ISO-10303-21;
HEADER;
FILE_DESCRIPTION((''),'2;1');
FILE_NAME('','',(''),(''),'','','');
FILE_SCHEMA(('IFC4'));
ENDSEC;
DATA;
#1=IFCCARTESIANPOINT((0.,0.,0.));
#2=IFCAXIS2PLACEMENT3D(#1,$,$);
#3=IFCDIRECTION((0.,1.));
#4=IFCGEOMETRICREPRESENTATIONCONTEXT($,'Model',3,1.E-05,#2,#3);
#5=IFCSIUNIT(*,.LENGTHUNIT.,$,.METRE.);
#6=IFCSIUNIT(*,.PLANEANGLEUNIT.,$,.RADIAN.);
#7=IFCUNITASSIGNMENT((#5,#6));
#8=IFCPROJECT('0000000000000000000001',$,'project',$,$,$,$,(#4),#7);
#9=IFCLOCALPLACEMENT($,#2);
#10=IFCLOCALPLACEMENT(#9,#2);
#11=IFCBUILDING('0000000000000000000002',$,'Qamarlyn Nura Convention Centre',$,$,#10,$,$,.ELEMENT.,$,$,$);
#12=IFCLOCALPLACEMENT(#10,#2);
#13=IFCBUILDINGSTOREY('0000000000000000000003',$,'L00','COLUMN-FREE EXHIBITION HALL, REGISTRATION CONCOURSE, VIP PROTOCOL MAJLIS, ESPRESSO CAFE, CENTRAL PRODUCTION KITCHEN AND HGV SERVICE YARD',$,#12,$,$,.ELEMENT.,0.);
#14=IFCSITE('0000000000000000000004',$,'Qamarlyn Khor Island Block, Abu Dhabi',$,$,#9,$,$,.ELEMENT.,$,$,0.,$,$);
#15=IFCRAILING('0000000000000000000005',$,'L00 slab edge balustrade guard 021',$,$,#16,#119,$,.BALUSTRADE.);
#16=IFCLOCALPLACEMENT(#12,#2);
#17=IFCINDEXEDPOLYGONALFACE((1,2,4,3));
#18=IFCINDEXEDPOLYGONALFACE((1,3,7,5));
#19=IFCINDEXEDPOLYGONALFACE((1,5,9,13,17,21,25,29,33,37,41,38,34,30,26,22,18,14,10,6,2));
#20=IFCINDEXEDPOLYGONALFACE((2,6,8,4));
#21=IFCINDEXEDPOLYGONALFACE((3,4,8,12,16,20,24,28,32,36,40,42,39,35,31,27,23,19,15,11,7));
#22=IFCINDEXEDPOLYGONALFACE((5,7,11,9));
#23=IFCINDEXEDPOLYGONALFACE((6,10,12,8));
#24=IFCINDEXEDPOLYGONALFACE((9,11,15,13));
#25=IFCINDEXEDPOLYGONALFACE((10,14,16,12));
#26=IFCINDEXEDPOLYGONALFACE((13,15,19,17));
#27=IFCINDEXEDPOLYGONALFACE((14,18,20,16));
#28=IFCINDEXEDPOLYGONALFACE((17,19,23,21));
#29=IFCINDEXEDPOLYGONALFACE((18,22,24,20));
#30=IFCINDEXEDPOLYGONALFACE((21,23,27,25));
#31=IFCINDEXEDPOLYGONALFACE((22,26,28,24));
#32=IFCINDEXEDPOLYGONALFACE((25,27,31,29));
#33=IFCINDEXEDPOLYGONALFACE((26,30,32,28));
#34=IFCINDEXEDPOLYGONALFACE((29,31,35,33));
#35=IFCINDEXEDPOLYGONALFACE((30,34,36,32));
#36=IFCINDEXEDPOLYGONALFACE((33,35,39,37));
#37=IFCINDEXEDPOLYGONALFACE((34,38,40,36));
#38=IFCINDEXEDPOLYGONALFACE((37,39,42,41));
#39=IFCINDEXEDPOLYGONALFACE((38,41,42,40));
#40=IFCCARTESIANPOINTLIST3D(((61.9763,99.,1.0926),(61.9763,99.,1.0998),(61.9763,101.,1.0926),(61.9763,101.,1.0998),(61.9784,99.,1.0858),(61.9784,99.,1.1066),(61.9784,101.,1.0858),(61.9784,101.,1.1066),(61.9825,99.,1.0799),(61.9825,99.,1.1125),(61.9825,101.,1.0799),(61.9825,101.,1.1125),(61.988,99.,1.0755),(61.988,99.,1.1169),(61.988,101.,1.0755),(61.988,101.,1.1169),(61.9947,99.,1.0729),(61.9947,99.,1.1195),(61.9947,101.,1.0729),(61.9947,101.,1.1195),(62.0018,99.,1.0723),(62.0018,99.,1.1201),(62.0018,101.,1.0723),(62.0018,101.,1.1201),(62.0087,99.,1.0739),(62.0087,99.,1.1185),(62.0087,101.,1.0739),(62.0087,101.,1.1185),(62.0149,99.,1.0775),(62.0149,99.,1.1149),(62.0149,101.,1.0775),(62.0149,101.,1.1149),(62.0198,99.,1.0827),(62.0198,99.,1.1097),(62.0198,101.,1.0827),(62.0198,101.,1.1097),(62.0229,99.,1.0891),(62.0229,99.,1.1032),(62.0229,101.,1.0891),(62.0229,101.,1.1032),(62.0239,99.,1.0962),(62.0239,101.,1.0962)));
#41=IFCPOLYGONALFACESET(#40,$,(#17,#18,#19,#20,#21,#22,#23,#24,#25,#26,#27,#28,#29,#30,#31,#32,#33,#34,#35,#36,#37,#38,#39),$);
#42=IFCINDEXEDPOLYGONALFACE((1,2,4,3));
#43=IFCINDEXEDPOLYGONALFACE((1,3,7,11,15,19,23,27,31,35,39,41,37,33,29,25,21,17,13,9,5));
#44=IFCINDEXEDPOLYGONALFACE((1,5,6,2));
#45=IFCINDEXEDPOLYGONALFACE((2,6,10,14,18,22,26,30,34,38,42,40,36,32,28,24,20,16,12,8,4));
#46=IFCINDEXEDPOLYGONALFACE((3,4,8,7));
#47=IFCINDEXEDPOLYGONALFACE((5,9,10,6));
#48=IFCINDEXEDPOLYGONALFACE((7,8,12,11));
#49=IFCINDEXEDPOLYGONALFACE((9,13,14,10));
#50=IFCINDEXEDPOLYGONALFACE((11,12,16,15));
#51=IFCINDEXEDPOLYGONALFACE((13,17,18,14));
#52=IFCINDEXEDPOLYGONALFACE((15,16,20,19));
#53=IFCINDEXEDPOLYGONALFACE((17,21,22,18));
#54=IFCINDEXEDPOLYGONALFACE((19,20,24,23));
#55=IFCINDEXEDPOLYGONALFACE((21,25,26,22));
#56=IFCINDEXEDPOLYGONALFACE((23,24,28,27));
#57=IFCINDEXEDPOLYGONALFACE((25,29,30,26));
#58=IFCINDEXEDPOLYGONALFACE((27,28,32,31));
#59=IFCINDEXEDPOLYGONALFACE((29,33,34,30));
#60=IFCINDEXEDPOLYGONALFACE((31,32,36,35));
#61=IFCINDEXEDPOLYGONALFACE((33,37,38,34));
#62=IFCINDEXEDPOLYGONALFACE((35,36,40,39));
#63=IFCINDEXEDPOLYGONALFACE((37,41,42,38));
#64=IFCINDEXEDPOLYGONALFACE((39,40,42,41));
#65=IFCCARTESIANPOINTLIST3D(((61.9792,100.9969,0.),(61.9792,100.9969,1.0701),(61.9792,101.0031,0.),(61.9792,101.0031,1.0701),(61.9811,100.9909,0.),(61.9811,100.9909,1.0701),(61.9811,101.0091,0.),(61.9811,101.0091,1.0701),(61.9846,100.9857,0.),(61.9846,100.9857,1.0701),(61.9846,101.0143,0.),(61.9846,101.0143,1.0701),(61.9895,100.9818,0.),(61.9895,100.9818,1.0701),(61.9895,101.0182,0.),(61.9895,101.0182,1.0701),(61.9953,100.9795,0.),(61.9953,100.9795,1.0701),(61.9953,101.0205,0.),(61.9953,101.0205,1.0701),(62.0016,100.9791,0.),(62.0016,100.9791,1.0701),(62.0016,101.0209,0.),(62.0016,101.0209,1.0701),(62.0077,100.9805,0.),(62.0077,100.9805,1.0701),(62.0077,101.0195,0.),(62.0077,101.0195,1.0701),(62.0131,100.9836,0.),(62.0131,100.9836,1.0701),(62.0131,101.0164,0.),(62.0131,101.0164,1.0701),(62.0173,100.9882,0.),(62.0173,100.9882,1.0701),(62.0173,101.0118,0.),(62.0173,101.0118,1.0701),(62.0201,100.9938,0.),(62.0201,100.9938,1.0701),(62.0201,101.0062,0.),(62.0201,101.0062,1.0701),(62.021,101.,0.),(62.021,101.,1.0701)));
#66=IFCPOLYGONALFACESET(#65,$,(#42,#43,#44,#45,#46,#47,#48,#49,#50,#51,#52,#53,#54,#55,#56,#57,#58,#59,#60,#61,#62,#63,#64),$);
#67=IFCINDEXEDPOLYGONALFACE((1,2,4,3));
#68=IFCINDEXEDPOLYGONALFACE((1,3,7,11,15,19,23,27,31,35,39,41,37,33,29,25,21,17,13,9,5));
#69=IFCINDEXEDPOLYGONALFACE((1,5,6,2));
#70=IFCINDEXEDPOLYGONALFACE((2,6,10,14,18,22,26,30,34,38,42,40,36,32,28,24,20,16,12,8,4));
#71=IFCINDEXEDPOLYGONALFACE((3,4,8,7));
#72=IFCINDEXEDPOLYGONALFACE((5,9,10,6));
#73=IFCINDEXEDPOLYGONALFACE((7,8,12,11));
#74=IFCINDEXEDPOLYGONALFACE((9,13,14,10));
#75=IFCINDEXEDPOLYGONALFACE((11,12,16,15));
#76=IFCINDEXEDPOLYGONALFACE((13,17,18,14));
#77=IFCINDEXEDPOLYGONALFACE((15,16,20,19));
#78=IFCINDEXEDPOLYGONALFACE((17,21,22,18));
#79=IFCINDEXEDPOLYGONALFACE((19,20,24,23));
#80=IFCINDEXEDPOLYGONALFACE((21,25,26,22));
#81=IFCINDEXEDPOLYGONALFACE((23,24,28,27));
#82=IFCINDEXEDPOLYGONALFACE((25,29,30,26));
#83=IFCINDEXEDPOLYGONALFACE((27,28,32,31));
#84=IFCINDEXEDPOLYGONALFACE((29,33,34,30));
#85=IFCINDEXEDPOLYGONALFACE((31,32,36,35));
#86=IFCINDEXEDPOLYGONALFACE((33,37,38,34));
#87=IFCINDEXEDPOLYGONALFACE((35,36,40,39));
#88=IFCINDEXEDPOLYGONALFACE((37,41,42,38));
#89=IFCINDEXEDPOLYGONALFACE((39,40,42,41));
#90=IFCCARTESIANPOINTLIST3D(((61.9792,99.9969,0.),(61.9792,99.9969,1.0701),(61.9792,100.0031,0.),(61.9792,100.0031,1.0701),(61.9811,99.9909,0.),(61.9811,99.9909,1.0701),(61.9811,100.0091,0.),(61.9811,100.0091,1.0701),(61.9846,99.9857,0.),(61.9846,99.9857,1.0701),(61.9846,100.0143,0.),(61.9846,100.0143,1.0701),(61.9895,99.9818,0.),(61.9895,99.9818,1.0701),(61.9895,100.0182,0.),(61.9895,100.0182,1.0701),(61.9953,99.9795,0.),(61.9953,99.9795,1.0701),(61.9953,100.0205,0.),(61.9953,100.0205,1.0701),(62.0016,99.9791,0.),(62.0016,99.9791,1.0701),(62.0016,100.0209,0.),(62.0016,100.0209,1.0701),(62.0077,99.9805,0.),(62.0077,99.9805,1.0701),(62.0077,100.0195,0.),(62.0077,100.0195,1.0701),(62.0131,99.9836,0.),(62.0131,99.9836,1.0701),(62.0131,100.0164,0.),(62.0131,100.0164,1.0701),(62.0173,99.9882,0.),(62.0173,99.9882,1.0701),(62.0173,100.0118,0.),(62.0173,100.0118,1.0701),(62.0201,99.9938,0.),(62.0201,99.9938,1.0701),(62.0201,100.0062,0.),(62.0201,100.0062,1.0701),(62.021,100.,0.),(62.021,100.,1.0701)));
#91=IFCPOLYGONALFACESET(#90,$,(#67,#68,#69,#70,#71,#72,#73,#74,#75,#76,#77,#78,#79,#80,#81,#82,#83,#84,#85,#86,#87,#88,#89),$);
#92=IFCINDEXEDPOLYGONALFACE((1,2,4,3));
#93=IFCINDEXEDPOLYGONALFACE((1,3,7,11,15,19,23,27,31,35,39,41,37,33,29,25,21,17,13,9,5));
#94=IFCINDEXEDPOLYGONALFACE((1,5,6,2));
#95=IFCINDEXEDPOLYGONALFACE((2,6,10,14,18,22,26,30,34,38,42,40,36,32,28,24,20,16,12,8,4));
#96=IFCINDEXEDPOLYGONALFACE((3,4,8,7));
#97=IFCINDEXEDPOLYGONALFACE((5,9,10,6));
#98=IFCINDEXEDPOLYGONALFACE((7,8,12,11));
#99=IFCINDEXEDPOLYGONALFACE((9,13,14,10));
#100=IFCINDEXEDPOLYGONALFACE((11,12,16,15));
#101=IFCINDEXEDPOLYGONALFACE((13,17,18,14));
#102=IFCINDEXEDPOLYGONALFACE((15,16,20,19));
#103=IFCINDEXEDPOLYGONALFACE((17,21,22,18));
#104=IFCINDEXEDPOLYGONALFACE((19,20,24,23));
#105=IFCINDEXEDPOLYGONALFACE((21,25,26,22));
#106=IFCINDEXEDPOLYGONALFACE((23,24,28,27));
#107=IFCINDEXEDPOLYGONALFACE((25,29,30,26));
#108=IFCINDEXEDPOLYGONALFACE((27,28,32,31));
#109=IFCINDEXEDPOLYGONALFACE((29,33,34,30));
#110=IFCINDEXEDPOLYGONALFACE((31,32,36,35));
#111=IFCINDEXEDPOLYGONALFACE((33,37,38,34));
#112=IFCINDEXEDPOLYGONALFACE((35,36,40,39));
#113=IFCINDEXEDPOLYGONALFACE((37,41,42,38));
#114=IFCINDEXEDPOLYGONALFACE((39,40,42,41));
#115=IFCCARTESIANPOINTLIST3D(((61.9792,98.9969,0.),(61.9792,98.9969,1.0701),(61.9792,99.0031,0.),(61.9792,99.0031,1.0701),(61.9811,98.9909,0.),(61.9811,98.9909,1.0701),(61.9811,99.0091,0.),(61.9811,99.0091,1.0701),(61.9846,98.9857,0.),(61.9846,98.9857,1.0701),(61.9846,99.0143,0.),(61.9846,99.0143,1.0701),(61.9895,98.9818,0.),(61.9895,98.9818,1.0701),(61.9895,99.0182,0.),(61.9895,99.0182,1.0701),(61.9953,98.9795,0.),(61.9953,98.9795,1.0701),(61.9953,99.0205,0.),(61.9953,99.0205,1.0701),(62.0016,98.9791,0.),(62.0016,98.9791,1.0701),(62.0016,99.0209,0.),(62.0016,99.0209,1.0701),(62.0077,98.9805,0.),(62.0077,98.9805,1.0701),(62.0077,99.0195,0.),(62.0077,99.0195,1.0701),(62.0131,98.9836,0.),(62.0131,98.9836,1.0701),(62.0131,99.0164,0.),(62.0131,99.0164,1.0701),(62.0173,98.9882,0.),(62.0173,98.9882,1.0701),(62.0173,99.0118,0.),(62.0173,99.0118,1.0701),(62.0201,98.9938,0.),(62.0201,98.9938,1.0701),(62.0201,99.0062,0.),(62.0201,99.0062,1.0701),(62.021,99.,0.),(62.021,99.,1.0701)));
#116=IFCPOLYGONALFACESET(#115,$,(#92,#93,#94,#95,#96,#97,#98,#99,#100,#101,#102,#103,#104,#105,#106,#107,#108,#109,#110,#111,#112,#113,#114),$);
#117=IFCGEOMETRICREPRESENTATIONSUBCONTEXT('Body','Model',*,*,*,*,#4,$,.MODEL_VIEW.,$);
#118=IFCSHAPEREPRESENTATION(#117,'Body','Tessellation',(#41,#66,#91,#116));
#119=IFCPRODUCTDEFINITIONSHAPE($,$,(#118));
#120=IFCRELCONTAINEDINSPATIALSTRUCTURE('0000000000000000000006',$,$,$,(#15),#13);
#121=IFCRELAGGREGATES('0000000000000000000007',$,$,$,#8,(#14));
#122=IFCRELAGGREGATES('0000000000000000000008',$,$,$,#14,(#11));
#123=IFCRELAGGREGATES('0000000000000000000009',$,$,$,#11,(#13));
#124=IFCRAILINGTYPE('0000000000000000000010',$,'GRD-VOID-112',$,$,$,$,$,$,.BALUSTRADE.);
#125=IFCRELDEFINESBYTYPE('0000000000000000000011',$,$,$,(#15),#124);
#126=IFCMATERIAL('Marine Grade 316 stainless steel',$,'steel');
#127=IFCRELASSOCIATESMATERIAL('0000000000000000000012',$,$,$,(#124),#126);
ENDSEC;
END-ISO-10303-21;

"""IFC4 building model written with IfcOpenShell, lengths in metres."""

from ifc_helpers import new_model, si_unit, direction, frame, origin, origin_2d, place, context, subcontext, project, spatial, circle, extrude, material, type_object, element, save


model = new_model("IFC4")

# Units and contexts
model_context = context("Model", 3, precision=1e-05, world=origin(), true_north=direction((0.0, 1.0)))
body_context = subcontext(model_context, "Body", "Model", "MODEL_VIEW")
ifc_project = project(units=[si_unit("LENGTHUNIT", "METRE"), si_unit("PLANEANGLEUNIT", "RADIAN")], contexts=[model_context])

# Site, building, storey
site_placement = place(None, origin())
site = spatial("IfcSite", under=ifc_project, at=site_placement, Name="Qamarlyn Khor Island Block, Abu Dhabi", CompositionType="ELEMENT", RefElevation=0.0)
building_placement = place(site_placement, origin())
building = spatial("IfcBuilding", under=site, at=building_placement, Name="Qamarlyn Nura Convention Centre", CompositionType="ELEMENT")
storey_placement = place(building_placement, origin())
storey = spatial("IfcBuildingStorey", under=building, at=storey_placement, Name="L00", Description="COLUMN-FREE EXHIBITION HALL, REGISTRATION CONCOURSE, VIP PROTOCOL MAJLIS, ESPRESSO CAFE, CENTRAL PRODUCTION KITCHEN AND HGV SERVICE YARD", CompositionType="ELEMENT", Elevation=0.0)

# Railing
ifc_material_1 = material(Name="Marine Grade 316 stainless steel", Category="steel")
railing_type_1 = type_object("IfcRailingType", Name="GRD-VOID-112", PredefinedType="BALUSTRADE", material=ifc_material_1)
railing_1_placement = place(storey_placement, frame((62.0, 101.0, 0.0)))
element("IfcRailing", 1, at=railing_1_placement, inside=storey, type_object=railing_type_1, Name="L00 slab edge balustrade guard 021", PredefinedType="BALUSTRADE", context=body_context, shape_type="SweptSolid", body=[
    extrude(circle(Radius=0.0239, at=origin_2d()), frame((0.0, 0.0, 1.0962), z_axis=(0.0, -1.0, 0.0), x_axis=(1.0, 0.0, 0.0)), (0.0, 0.0, 1.0), 2.0),
    extrude(circle(Radius=0.021, at=origin_2d()), origin(), (0.0, 0.0, 1.0), 1.0701),
    extrude(circle(Radius=0.021, at=origin_2d()), frame((0.0, -1.0, 0.0)), (0.0, 0.0, 1.0), 1.0701),
    extrude(circle(Radius=0.021, at=origin_2d()), frame((0.0, -2.0, 0.0)), (0.0, 0.0, 1.0), 1.0701),
])

save(model, "model.ifc")
